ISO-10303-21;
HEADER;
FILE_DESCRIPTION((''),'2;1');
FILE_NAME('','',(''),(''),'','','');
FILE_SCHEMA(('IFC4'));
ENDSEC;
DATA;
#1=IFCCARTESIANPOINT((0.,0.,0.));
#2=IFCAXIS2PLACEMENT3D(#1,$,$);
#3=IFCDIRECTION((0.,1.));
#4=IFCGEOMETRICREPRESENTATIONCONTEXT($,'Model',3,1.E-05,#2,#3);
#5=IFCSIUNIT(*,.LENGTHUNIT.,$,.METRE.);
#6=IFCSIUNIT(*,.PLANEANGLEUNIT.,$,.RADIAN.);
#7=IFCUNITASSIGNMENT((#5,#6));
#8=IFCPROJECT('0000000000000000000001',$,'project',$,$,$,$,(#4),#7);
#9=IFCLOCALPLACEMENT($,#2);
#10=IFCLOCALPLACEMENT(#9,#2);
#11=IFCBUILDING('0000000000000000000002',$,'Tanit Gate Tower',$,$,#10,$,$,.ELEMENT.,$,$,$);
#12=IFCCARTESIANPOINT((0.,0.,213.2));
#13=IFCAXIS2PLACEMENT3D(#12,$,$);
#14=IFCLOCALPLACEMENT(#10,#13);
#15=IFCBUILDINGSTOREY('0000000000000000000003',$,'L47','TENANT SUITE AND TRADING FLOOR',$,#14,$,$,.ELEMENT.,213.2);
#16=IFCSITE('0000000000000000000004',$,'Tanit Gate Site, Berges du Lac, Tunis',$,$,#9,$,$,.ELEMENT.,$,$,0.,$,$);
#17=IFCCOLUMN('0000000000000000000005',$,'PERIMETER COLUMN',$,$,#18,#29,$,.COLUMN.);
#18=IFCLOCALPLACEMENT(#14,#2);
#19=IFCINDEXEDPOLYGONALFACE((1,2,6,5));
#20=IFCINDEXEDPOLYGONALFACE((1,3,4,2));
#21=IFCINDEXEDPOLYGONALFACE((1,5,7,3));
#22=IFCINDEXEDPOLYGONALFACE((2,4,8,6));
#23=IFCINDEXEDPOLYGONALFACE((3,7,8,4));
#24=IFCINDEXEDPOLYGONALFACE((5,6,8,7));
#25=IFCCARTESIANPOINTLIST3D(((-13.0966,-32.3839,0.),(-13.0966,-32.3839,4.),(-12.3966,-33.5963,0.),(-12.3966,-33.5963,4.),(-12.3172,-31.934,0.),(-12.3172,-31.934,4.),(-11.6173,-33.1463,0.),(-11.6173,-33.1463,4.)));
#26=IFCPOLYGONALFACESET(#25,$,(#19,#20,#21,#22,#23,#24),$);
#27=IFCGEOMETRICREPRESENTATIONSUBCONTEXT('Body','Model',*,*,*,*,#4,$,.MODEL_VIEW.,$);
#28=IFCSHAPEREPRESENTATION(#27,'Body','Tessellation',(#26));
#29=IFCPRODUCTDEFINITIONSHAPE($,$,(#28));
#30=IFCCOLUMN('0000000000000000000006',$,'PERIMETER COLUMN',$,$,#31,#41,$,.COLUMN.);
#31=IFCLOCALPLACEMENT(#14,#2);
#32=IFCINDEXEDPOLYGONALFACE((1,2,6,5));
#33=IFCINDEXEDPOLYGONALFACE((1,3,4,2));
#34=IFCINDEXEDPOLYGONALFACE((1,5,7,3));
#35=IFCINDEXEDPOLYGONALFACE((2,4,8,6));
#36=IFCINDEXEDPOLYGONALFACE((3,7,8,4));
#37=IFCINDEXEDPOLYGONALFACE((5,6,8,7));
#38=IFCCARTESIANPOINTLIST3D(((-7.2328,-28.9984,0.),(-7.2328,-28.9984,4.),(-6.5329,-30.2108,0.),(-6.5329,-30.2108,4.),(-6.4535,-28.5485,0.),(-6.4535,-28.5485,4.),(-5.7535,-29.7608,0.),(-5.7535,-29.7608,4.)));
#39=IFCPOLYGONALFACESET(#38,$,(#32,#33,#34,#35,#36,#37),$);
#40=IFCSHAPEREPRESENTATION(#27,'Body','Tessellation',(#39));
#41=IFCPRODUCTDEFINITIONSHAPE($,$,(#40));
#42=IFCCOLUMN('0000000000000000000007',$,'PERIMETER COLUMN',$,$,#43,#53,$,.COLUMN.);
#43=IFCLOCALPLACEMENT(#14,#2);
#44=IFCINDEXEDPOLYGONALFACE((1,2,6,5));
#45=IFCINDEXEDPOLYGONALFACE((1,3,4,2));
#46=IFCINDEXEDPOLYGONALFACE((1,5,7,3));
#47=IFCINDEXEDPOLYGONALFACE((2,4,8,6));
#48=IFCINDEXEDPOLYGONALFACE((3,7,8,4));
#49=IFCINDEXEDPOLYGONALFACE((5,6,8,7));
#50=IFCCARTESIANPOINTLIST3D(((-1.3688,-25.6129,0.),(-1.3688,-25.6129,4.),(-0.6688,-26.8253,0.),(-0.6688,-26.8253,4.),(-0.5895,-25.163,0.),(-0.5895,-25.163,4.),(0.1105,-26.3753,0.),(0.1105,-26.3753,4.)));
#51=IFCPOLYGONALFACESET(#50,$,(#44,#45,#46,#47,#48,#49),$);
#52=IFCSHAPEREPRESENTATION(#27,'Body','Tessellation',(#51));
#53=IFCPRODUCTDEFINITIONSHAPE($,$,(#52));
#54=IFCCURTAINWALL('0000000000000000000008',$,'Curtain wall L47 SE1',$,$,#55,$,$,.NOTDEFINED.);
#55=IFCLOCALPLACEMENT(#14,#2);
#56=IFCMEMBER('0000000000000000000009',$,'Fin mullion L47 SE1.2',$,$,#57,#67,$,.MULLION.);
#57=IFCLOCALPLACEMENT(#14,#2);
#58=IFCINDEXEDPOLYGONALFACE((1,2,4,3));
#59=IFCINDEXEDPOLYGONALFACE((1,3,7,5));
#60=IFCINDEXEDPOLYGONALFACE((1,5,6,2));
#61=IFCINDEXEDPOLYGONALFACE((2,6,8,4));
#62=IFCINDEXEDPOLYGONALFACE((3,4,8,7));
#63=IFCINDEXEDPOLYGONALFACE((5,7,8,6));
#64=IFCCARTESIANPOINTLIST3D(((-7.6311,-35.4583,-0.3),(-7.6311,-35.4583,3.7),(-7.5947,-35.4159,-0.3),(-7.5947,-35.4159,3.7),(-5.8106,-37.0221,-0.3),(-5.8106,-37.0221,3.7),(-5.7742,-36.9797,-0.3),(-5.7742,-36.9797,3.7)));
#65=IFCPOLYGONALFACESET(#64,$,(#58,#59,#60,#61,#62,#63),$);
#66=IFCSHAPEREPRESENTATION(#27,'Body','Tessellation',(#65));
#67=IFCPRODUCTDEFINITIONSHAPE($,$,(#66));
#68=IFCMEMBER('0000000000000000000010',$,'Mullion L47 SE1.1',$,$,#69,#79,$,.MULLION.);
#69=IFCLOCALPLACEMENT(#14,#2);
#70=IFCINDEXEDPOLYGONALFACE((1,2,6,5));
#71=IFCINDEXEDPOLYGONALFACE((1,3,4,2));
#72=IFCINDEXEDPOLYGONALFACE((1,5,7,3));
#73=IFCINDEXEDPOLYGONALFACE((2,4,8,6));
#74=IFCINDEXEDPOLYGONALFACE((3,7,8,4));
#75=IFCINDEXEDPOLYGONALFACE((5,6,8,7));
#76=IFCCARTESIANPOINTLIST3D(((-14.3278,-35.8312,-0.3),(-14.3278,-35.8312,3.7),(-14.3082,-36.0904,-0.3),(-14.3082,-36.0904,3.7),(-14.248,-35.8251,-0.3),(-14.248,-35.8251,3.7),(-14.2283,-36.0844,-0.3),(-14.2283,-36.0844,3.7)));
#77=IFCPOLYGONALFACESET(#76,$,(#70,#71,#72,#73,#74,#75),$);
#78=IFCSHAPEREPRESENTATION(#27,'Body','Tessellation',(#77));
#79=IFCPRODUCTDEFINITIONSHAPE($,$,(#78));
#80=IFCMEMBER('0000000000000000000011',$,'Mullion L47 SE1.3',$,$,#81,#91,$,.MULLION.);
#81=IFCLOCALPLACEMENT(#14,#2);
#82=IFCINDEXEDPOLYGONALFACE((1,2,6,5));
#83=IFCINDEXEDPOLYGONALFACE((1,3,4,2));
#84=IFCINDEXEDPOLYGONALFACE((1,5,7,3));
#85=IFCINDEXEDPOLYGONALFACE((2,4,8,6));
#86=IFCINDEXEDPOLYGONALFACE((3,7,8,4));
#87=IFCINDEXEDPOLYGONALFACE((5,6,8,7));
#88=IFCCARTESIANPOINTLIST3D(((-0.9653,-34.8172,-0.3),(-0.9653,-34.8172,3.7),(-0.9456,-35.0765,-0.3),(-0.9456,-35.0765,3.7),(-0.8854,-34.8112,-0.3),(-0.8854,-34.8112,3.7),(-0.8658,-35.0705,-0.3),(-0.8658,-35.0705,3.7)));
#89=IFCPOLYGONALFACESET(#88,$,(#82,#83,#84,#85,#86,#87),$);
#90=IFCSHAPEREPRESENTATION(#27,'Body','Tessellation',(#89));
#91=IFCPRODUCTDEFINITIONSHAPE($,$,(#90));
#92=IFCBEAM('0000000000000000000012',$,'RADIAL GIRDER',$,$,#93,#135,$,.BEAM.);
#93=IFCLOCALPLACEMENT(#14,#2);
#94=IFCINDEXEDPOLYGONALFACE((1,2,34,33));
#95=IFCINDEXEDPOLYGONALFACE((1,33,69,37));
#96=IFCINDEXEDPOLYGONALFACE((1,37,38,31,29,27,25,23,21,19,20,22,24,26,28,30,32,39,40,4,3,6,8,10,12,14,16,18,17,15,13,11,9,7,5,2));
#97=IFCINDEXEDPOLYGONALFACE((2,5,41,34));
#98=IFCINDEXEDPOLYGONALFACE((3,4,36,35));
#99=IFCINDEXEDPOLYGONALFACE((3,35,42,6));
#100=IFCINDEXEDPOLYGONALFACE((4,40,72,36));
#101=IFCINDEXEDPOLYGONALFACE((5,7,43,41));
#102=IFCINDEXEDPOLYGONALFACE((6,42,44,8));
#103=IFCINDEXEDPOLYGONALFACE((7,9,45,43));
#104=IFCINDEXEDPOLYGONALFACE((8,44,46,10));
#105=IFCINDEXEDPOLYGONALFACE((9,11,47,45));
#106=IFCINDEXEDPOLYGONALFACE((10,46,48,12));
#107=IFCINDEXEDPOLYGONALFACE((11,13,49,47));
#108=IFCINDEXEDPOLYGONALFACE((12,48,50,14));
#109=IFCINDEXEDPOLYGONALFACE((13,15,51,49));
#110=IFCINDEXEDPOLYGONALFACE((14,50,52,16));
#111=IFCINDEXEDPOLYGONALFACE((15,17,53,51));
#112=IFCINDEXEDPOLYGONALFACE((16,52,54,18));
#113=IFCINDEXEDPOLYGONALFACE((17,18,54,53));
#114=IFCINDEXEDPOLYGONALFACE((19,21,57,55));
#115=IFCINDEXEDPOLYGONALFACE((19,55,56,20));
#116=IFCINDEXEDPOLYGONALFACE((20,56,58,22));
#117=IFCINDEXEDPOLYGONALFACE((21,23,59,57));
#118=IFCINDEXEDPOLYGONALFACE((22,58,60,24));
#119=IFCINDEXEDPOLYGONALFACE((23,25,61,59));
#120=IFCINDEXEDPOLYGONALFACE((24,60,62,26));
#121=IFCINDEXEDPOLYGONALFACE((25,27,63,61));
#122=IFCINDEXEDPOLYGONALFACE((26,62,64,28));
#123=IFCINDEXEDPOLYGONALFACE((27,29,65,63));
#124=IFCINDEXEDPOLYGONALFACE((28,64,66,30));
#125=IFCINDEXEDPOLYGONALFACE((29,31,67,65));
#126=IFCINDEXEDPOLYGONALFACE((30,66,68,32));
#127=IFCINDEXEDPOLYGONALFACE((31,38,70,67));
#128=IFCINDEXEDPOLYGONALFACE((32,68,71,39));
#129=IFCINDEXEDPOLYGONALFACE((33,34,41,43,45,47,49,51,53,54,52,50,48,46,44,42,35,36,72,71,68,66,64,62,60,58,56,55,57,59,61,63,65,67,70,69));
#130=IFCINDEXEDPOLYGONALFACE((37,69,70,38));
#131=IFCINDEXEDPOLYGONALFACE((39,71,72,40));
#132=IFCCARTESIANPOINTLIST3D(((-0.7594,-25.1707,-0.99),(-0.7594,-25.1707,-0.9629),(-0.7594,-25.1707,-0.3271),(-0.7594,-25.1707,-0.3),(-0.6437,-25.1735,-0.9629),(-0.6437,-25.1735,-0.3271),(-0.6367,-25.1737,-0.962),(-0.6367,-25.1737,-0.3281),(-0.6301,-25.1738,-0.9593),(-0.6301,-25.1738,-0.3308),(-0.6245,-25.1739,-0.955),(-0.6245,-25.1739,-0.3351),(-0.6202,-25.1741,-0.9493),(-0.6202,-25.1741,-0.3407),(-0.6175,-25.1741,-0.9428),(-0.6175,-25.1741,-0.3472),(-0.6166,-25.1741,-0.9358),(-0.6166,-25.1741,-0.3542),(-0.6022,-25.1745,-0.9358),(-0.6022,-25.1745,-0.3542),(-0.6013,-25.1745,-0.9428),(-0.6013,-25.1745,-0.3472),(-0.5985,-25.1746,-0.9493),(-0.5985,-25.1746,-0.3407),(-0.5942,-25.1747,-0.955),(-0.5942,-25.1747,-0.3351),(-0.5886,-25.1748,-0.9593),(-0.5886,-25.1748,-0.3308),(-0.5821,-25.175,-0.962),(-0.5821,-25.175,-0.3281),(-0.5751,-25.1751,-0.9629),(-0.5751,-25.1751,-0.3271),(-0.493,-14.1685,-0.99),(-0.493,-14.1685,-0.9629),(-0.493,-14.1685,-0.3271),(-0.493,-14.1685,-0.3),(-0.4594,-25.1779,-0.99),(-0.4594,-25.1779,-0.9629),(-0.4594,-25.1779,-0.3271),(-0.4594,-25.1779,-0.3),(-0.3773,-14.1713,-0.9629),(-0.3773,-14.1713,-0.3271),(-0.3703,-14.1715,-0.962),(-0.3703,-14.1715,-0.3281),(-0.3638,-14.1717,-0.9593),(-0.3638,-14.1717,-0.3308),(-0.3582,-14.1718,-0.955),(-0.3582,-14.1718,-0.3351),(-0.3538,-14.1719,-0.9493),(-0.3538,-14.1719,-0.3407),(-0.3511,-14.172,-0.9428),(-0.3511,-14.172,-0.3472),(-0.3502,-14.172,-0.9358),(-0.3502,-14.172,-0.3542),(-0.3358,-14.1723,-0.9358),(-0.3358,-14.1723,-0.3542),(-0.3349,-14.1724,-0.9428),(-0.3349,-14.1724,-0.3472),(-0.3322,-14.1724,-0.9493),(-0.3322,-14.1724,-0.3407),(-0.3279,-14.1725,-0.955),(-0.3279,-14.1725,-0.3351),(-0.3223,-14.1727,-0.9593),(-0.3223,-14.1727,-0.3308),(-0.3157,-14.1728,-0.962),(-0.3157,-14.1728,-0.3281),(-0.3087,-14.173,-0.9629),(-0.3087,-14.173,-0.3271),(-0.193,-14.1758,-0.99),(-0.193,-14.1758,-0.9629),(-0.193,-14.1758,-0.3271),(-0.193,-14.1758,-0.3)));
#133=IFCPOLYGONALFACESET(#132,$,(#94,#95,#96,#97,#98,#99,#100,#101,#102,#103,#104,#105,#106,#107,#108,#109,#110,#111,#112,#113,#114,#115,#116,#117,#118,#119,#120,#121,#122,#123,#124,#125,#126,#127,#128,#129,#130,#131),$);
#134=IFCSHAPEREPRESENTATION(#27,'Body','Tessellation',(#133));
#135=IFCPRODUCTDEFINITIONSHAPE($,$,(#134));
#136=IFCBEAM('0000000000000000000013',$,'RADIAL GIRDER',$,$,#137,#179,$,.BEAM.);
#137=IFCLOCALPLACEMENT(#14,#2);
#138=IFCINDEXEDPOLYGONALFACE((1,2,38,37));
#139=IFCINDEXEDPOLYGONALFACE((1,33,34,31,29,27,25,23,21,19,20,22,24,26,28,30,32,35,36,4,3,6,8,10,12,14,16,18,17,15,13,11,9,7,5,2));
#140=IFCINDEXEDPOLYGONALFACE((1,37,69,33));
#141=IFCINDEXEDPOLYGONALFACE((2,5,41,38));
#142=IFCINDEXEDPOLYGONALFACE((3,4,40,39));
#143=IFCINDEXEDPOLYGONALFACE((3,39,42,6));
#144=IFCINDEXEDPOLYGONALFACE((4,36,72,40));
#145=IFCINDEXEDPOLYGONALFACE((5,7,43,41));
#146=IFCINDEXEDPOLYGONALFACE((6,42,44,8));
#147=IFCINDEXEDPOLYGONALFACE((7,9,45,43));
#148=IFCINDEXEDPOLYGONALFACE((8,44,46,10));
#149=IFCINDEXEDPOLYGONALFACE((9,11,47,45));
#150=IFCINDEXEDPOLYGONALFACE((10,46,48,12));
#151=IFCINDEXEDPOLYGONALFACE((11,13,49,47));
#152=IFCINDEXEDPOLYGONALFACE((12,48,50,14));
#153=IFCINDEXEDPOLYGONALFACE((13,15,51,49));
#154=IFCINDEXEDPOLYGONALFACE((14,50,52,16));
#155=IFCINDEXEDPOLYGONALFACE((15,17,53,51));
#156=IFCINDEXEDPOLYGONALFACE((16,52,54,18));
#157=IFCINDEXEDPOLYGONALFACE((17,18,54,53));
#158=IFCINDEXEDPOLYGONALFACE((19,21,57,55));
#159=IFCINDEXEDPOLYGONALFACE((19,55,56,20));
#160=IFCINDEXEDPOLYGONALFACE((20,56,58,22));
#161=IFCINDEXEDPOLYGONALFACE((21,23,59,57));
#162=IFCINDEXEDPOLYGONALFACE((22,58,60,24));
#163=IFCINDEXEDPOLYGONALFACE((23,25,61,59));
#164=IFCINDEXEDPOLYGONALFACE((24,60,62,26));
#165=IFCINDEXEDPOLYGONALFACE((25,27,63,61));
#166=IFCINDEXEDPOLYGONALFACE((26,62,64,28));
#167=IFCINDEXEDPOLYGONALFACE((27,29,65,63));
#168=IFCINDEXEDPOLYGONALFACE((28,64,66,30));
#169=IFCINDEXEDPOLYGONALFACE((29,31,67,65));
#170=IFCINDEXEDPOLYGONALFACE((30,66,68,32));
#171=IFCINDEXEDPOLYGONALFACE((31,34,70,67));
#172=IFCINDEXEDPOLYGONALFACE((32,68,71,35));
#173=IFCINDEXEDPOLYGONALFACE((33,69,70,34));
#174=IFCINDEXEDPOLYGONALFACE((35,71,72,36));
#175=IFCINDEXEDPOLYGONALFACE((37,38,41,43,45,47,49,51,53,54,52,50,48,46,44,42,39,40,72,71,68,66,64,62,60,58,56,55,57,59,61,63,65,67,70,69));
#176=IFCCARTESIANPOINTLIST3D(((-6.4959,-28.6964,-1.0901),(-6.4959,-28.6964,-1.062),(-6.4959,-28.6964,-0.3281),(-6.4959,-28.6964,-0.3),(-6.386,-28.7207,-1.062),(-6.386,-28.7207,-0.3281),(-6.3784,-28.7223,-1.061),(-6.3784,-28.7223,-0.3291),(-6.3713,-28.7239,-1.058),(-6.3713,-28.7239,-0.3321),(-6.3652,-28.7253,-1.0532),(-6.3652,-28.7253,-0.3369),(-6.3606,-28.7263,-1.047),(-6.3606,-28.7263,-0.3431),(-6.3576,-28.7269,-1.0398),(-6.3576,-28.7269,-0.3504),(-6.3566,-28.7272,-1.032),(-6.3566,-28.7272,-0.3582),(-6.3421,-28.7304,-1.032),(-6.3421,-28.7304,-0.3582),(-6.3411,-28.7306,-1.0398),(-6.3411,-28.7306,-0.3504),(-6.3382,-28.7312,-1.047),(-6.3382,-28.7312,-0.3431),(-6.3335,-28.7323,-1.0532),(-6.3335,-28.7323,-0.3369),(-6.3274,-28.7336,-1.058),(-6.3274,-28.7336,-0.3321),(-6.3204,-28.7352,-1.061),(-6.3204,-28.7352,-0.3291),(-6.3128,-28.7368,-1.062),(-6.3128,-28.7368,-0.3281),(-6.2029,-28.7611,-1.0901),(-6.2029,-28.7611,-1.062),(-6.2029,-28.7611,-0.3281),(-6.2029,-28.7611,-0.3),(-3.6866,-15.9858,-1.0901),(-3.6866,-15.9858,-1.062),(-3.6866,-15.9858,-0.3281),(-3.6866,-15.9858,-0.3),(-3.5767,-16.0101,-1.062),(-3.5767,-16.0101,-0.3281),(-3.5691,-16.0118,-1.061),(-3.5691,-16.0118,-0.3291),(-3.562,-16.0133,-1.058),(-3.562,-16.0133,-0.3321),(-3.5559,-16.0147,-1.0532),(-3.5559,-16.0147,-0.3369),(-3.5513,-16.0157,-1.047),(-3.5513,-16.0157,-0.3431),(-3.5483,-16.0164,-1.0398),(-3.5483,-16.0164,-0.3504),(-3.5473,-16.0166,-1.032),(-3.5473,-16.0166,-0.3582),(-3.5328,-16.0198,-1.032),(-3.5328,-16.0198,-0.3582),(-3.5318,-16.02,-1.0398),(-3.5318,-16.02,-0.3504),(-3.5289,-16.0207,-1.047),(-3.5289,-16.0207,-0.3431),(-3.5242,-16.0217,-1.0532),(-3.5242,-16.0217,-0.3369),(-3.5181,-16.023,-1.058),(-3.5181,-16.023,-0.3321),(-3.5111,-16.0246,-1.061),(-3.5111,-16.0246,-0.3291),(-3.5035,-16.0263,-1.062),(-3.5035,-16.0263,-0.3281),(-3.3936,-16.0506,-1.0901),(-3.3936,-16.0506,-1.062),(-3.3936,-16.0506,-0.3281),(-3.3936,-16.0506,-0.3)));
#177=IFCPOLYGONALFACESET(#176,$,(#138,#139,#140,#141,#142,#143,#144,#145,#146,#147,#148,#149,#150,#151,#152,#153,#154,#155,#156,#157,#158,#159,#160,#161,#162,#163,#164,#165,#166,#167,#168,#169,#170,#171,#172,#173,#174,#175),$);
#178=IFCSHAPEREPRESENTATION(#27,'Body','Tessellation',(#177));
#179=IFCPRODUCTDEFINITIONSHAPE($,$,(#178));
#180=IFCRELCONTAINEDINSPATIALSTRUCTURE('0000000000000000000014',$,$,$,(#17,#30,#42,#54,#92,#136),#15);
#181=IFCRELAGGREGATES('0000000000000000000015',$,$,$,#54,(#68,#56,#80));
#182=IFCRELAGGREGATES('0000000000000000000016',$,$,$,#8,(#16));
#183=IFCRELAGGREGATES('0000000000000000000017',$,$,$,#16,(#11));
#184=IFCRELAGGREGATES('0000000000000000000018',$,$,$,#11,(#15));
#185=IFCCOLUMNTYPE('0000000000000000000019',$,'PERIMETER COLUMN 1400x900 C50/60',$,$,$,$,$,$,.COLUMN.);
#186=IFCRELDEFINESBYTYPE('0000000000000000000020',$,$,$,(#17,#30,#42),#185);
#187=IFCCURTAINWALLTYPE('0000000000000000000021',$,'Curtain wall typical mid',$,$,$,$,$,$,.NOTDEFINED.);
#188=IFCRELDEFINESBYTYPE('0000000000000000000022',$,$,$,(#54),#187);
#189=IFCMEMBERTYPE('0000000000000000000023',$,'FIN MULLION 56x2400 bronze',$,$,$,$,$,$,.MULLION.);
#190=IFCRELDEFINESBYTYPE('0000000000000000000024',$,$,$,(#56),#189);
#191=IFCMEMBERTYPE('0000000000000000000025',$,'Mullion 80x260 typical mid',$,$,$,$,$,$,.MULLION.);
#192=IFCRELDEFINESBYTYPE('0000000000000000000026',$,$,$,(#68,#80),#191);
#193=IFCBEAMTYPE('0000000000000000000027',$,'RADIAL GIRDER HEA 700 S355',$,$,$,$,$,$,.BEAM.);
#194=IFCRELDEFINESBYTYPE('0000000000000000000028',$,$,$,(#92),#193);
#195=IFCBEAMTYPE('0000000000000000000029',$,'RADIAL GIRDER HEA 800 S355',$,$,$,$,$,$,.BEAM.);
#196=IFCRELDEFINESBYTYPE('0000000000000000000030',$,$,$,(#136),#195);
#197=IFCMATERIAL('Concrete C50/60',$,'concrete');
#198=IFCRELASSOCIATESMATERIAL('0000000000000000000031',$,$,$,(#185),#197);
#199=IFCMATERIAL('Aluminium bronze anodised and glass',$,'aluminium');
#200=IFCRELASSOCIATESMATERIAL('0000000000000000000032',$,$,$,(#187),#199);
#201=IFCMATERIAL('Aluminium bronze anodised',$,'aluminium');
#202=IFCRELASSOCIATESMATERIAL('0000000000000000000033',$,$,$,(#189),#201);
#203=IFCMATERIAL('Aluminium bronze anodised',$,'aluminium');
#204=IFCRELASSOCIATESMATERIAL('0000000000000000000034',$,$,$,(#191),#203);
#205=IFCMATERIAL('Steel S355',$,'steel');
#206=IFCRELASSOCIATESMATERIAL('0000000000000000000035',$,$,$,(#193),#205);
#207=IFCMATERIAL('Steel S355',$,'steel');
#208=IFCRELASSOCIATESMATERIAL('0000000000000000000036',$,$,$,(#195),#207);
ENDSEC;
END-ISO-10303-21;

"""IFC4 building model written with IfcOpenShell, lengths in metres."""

from ifc_helpers import new_model, si_unit, direction, frame, origin, origin_2d, place, context, subcontext, project, spatial, rectangle, i_section, extrude, material, material_profile, profile_set, type_object, element, aggregate, save


model = new_model("IFC4")

# Units and contexts
model_context = context("Model", 3, precision=1e-05, world=origin(), true_north=direction((0.0, 1.0)))
body_context = subcontext(model_context, "Body", "Model", "MODEL_VIEW")
ifc_project = project(units=[si_unit("LENGTHUNIT", "METRE"), si_unit("PLANEANGLEUNIT", "RADIAN")], contexts=[model_context])

# Site, building, storey
site_placement = place(None, origin())
site = spatial("IfcSite", under=ifc_project, at=site_placement, Name="Tanit Gate Site, Berges du Lac, Tunis", CompositionType="ELEMENT", RefElevation=0.0)
building_placement = place(site_placement, origin())
building = spatial("IfcBuilding", under=site, at=building_placement, Name="Tanit Gate Tower", CompositionType="ELEMENT")
storey_placement = place(building_placement, frame((0.0, 0.0, 213.2)))
storey = spatial("IfcBuildingStorey", under=building, at=storey_placement, Name="L47", Description="TENANT SUITE AND TRADING FLOOR", CompositionType="ELEMENT", Elevation=213.2)

# Columns
ifc_material_1 = material(Name="Concrete C50/60", Category="concrete")
ifc_material_profile_1 = material_profile(ifc_material_1, rectangle(XDim=1.3999, YDim=0.8999, at=origin_2d()), Name="RC 1400x900")
ifc_profile_set_1 = profile_set([ifc_material_profile_1], Name="Concrete C50/60")
column_type = type_object("IfcColumnType", Name="PERIMETER COLUMN 1400x900 C50/60", PredefinedType="COLUMN", material=ifc_profile_set_1)
for number, where, z_axis, x_axis, name in (
    (1, (-12.3569, -32.7651, 0.0), (0.0, 0.0, 1.0), (0.5, -0.866025, 0.0), "PERIMETER COLUMN"),
    (2, (-6.4932, -29.3796, 0.0), (0.0, 0.0, 1.0), (0.5, -0.866025, 0.0), "PERIMETER COLUMN"),
    (3, (-0.6292, -25.9941, 0.0), (0.0, 0.0, 1.0), (0.5, -0.866025, 0.0), "PERIMETER COLUMN"),
):
    element("IfcColumn", number, at=place(storey_placement, frame(where, z_axis=z_axis, x_axis=x_axis)), inside=storey, type_object=column_type, Name=name, PredefinedType="COLUMN", context=body_context, shape_type="SweptSolid", body=[
        extrude(rectangle(XDim=1.3999, YDim=0.8999, at=origin_2d()), origin(), (0.0, 0.0, 1.0), 4.0),
    ])

# Curtain wall, members
ifc_material_2 = material(Name="Aluminium bronze anodised and glass", Category="aluminium")
curtain_wall_type = type_object("IfcCurtainWallType", Name="Curtain wall typical mid", PredefinedType="NOTDEFINED", material=ifc_material_2)
curtain_wall_1_placement = place(storey_placement, origin())
curtain_wall_1 = element("IfcCurtainWall", 4, at=curtain_wall_1_placement, inside=storey, type_object=curtain_wall_type, Name="Curtain wall L47 SE1", PredefinedType="NOTDEFINED")
ifc_material_3 = material(Name="Aluminium bronze anodised", Category="aluminium")
ifc_material_profile_2 = material_profile(ifc_material_3, rectangle(XDim=2.3999, YDim=0.0559, at=origin_2d()), Name="56x2400 bronze fin mullion")
ifc_profile_set_2 = profile_set([ifc_material_profile_2], Name="Aluminium bronze anodised")
member_type_1 = type_object("IfcMemberType", Name="FIN MULLION 56x2400 bronze", PredefinedType="MULLION", material=ifc_profile_set_2)
member_1_placement = place(storey_placement, frame((-6.7026, -36.219, -0.3), z_axis=(0.0, 0.0, 1.0), x_axis=(-0.75857, 0.651592, 0.0)))
member_1 = element("IfcMember", 5, at=member_1_placement, type_object=member_type_1, Name="Fin mullion L47 SE1.2", PredefinedType="MULLION", context=body_context, shape_type="SweptSolid", body=[
    extrude(rectangle(XDim=2.3999, YDim=0.0559, at=origin_2d()), origin(), (0.0, 0.0, 1.0), 4.0),
])
ifc_material_4 = material(Name="Aluminium bronze anodised", Category="aluminium")
ifc_material_profile_3 = material_profile(ifc_material_4, rectangle(XDim=0.26, YDim=0.0801, at=origin_2d()), Name="80x260 bronze mullion")
ifc_profile_set_3 = profile_set([ifc_material_profile_3], Name="Aluminium bronze anodised")
member_type_2 = type_object("IfcMemberType", Name="Mullion 80x260 typical mid", PredefinedType="MULLION", material=ifc_profile_set_3)
member_2_placement = place(storey_placement, frame((-14.2781, -35.9578, -0.3), z_axis=(0.0, 0.0, 1.0), x_axis=(-0.075645, 0.997135, 0.0)))
member_2 = element("IfcMember", 6, at=member_2_placement, type_object=member_type_2, Name="Mullion L47 SE1.1", PredefinedType="MULLION", context=body_context, shape_type="SweptSolid", body=[
    extrude(rectangle(XDim=0.26, YDim=0.0801, at=origin_2d()), origin(), (0.0, 0.0, 1.0), 4.0),
])
member_3_placement = place(storey_placement, frame((-0.9155, -34.9438, -0.3), z_axis=(0.0, 0.0, 1.0), x_axis=(-0.075645, 0.997135, 0.0)))
member_3 = element("IfcMember", 7, at=member_3_placement, type_object=member_type_2, Name="Mullion L47 SE1.3", PredefinedType="MULLION", context=body_context, shape_type="SweptSolid", body=[
    extrude(rectangle(XDim=0.26, YDim=0.0801, at=origin_2d()), origin(), (0.0, 0.0, 1.0), 4.0),
])

# Beams
ifc_material_5 = material(Name="Steel S355", Category="steel")
ifc_material_profile_4 = material_profile(ifc_material_5, i_section(OverallWidth=0.3, OverallDepth=0.6899, WebThickness=0.0144, FlangeThickness=0.0271, FilletRadius=0.0271, at=origin_2d()), Name="HEA 700")
ifc_profile_set_4 = profile_set([ifc_material_profile_4], Name="Steel S355")
beam_type_1 = type_object("IfcBeamType", Name="RADIAL GIRDER HEA 700 S355", PredefinedType="BEAM", material=ifc_profile_set_4)
beam_1_placement = place(storey_placement, frame((-0.6094, -25.1743, -0.645), z_axis=(0.024202, 0.999707, 0.0), x_axis=(-0.999707, 0.024202, 0.0)))
element("IfcBeam", 8, at=beam_1_placement, inside=storey, type_object=beam_type_1, Name="RADIAL GIRDER", PredefinedType="BEAM", context=body_context, shape_type="SweptSolid", body=[
    extrude(i_section(OverallWidth=0.3, OverallDepth=0.6899, WebThickness=0.0144, FlangeThickness=0.0271, FilletRadius=0.0271, at=origin_2d()), origin(), (0.0, 0.0, 1.0), 11.0054),
])
ifc_material_6 = material(Name="Steel S355", Category="steel")
ifc_material_profile_5 = material_profile(ifc_material_6, i_section(OverallWidth=0.3, OverallDepth=0.79, WebThickness=0.0149, FlangeThickness=0.0281, FilletRadius=0.03, at=origin_2d()), Name="HEA 800")
ifc_profile_set_5 = profile_set([ifc_material_profile_5], Name="Steel S355")
beam_type_2 = type_object("IfcBeamType", Name="RADIAL GIRDER HEA 800 S355", PredefinedType="BEAM", material=ifc_profile_set_5)
beam_2_placement = place(storey_placement, frame((-6.3494, -28.7288, -0.6951), z_axis=(0.215812, 0.976435, 0.0), x_axis=(-0.976435, 0.215812, 0.0)))
element("IfcBeam", 9, at=beam_2_placement, inside=storey, type_object=beam_type_2, Name="RADIAL GIRDER", PredefinedType="BEAM", context=body_context, shape_type="SweptSolid", body=[
    extrude(i_section(OverallWidth=0.3, OverallDepth=0.79, WebThickness=0.0149, FlangeThickness=0.0281, FilletRadius=0.03, at=origin_2d()), origin(), (0.0, 0.0, 1.0), 13.0173),
])

aggregate(curtain_wall_1, [member_2, member_1, member_3])

save(model, "model.ifc")
